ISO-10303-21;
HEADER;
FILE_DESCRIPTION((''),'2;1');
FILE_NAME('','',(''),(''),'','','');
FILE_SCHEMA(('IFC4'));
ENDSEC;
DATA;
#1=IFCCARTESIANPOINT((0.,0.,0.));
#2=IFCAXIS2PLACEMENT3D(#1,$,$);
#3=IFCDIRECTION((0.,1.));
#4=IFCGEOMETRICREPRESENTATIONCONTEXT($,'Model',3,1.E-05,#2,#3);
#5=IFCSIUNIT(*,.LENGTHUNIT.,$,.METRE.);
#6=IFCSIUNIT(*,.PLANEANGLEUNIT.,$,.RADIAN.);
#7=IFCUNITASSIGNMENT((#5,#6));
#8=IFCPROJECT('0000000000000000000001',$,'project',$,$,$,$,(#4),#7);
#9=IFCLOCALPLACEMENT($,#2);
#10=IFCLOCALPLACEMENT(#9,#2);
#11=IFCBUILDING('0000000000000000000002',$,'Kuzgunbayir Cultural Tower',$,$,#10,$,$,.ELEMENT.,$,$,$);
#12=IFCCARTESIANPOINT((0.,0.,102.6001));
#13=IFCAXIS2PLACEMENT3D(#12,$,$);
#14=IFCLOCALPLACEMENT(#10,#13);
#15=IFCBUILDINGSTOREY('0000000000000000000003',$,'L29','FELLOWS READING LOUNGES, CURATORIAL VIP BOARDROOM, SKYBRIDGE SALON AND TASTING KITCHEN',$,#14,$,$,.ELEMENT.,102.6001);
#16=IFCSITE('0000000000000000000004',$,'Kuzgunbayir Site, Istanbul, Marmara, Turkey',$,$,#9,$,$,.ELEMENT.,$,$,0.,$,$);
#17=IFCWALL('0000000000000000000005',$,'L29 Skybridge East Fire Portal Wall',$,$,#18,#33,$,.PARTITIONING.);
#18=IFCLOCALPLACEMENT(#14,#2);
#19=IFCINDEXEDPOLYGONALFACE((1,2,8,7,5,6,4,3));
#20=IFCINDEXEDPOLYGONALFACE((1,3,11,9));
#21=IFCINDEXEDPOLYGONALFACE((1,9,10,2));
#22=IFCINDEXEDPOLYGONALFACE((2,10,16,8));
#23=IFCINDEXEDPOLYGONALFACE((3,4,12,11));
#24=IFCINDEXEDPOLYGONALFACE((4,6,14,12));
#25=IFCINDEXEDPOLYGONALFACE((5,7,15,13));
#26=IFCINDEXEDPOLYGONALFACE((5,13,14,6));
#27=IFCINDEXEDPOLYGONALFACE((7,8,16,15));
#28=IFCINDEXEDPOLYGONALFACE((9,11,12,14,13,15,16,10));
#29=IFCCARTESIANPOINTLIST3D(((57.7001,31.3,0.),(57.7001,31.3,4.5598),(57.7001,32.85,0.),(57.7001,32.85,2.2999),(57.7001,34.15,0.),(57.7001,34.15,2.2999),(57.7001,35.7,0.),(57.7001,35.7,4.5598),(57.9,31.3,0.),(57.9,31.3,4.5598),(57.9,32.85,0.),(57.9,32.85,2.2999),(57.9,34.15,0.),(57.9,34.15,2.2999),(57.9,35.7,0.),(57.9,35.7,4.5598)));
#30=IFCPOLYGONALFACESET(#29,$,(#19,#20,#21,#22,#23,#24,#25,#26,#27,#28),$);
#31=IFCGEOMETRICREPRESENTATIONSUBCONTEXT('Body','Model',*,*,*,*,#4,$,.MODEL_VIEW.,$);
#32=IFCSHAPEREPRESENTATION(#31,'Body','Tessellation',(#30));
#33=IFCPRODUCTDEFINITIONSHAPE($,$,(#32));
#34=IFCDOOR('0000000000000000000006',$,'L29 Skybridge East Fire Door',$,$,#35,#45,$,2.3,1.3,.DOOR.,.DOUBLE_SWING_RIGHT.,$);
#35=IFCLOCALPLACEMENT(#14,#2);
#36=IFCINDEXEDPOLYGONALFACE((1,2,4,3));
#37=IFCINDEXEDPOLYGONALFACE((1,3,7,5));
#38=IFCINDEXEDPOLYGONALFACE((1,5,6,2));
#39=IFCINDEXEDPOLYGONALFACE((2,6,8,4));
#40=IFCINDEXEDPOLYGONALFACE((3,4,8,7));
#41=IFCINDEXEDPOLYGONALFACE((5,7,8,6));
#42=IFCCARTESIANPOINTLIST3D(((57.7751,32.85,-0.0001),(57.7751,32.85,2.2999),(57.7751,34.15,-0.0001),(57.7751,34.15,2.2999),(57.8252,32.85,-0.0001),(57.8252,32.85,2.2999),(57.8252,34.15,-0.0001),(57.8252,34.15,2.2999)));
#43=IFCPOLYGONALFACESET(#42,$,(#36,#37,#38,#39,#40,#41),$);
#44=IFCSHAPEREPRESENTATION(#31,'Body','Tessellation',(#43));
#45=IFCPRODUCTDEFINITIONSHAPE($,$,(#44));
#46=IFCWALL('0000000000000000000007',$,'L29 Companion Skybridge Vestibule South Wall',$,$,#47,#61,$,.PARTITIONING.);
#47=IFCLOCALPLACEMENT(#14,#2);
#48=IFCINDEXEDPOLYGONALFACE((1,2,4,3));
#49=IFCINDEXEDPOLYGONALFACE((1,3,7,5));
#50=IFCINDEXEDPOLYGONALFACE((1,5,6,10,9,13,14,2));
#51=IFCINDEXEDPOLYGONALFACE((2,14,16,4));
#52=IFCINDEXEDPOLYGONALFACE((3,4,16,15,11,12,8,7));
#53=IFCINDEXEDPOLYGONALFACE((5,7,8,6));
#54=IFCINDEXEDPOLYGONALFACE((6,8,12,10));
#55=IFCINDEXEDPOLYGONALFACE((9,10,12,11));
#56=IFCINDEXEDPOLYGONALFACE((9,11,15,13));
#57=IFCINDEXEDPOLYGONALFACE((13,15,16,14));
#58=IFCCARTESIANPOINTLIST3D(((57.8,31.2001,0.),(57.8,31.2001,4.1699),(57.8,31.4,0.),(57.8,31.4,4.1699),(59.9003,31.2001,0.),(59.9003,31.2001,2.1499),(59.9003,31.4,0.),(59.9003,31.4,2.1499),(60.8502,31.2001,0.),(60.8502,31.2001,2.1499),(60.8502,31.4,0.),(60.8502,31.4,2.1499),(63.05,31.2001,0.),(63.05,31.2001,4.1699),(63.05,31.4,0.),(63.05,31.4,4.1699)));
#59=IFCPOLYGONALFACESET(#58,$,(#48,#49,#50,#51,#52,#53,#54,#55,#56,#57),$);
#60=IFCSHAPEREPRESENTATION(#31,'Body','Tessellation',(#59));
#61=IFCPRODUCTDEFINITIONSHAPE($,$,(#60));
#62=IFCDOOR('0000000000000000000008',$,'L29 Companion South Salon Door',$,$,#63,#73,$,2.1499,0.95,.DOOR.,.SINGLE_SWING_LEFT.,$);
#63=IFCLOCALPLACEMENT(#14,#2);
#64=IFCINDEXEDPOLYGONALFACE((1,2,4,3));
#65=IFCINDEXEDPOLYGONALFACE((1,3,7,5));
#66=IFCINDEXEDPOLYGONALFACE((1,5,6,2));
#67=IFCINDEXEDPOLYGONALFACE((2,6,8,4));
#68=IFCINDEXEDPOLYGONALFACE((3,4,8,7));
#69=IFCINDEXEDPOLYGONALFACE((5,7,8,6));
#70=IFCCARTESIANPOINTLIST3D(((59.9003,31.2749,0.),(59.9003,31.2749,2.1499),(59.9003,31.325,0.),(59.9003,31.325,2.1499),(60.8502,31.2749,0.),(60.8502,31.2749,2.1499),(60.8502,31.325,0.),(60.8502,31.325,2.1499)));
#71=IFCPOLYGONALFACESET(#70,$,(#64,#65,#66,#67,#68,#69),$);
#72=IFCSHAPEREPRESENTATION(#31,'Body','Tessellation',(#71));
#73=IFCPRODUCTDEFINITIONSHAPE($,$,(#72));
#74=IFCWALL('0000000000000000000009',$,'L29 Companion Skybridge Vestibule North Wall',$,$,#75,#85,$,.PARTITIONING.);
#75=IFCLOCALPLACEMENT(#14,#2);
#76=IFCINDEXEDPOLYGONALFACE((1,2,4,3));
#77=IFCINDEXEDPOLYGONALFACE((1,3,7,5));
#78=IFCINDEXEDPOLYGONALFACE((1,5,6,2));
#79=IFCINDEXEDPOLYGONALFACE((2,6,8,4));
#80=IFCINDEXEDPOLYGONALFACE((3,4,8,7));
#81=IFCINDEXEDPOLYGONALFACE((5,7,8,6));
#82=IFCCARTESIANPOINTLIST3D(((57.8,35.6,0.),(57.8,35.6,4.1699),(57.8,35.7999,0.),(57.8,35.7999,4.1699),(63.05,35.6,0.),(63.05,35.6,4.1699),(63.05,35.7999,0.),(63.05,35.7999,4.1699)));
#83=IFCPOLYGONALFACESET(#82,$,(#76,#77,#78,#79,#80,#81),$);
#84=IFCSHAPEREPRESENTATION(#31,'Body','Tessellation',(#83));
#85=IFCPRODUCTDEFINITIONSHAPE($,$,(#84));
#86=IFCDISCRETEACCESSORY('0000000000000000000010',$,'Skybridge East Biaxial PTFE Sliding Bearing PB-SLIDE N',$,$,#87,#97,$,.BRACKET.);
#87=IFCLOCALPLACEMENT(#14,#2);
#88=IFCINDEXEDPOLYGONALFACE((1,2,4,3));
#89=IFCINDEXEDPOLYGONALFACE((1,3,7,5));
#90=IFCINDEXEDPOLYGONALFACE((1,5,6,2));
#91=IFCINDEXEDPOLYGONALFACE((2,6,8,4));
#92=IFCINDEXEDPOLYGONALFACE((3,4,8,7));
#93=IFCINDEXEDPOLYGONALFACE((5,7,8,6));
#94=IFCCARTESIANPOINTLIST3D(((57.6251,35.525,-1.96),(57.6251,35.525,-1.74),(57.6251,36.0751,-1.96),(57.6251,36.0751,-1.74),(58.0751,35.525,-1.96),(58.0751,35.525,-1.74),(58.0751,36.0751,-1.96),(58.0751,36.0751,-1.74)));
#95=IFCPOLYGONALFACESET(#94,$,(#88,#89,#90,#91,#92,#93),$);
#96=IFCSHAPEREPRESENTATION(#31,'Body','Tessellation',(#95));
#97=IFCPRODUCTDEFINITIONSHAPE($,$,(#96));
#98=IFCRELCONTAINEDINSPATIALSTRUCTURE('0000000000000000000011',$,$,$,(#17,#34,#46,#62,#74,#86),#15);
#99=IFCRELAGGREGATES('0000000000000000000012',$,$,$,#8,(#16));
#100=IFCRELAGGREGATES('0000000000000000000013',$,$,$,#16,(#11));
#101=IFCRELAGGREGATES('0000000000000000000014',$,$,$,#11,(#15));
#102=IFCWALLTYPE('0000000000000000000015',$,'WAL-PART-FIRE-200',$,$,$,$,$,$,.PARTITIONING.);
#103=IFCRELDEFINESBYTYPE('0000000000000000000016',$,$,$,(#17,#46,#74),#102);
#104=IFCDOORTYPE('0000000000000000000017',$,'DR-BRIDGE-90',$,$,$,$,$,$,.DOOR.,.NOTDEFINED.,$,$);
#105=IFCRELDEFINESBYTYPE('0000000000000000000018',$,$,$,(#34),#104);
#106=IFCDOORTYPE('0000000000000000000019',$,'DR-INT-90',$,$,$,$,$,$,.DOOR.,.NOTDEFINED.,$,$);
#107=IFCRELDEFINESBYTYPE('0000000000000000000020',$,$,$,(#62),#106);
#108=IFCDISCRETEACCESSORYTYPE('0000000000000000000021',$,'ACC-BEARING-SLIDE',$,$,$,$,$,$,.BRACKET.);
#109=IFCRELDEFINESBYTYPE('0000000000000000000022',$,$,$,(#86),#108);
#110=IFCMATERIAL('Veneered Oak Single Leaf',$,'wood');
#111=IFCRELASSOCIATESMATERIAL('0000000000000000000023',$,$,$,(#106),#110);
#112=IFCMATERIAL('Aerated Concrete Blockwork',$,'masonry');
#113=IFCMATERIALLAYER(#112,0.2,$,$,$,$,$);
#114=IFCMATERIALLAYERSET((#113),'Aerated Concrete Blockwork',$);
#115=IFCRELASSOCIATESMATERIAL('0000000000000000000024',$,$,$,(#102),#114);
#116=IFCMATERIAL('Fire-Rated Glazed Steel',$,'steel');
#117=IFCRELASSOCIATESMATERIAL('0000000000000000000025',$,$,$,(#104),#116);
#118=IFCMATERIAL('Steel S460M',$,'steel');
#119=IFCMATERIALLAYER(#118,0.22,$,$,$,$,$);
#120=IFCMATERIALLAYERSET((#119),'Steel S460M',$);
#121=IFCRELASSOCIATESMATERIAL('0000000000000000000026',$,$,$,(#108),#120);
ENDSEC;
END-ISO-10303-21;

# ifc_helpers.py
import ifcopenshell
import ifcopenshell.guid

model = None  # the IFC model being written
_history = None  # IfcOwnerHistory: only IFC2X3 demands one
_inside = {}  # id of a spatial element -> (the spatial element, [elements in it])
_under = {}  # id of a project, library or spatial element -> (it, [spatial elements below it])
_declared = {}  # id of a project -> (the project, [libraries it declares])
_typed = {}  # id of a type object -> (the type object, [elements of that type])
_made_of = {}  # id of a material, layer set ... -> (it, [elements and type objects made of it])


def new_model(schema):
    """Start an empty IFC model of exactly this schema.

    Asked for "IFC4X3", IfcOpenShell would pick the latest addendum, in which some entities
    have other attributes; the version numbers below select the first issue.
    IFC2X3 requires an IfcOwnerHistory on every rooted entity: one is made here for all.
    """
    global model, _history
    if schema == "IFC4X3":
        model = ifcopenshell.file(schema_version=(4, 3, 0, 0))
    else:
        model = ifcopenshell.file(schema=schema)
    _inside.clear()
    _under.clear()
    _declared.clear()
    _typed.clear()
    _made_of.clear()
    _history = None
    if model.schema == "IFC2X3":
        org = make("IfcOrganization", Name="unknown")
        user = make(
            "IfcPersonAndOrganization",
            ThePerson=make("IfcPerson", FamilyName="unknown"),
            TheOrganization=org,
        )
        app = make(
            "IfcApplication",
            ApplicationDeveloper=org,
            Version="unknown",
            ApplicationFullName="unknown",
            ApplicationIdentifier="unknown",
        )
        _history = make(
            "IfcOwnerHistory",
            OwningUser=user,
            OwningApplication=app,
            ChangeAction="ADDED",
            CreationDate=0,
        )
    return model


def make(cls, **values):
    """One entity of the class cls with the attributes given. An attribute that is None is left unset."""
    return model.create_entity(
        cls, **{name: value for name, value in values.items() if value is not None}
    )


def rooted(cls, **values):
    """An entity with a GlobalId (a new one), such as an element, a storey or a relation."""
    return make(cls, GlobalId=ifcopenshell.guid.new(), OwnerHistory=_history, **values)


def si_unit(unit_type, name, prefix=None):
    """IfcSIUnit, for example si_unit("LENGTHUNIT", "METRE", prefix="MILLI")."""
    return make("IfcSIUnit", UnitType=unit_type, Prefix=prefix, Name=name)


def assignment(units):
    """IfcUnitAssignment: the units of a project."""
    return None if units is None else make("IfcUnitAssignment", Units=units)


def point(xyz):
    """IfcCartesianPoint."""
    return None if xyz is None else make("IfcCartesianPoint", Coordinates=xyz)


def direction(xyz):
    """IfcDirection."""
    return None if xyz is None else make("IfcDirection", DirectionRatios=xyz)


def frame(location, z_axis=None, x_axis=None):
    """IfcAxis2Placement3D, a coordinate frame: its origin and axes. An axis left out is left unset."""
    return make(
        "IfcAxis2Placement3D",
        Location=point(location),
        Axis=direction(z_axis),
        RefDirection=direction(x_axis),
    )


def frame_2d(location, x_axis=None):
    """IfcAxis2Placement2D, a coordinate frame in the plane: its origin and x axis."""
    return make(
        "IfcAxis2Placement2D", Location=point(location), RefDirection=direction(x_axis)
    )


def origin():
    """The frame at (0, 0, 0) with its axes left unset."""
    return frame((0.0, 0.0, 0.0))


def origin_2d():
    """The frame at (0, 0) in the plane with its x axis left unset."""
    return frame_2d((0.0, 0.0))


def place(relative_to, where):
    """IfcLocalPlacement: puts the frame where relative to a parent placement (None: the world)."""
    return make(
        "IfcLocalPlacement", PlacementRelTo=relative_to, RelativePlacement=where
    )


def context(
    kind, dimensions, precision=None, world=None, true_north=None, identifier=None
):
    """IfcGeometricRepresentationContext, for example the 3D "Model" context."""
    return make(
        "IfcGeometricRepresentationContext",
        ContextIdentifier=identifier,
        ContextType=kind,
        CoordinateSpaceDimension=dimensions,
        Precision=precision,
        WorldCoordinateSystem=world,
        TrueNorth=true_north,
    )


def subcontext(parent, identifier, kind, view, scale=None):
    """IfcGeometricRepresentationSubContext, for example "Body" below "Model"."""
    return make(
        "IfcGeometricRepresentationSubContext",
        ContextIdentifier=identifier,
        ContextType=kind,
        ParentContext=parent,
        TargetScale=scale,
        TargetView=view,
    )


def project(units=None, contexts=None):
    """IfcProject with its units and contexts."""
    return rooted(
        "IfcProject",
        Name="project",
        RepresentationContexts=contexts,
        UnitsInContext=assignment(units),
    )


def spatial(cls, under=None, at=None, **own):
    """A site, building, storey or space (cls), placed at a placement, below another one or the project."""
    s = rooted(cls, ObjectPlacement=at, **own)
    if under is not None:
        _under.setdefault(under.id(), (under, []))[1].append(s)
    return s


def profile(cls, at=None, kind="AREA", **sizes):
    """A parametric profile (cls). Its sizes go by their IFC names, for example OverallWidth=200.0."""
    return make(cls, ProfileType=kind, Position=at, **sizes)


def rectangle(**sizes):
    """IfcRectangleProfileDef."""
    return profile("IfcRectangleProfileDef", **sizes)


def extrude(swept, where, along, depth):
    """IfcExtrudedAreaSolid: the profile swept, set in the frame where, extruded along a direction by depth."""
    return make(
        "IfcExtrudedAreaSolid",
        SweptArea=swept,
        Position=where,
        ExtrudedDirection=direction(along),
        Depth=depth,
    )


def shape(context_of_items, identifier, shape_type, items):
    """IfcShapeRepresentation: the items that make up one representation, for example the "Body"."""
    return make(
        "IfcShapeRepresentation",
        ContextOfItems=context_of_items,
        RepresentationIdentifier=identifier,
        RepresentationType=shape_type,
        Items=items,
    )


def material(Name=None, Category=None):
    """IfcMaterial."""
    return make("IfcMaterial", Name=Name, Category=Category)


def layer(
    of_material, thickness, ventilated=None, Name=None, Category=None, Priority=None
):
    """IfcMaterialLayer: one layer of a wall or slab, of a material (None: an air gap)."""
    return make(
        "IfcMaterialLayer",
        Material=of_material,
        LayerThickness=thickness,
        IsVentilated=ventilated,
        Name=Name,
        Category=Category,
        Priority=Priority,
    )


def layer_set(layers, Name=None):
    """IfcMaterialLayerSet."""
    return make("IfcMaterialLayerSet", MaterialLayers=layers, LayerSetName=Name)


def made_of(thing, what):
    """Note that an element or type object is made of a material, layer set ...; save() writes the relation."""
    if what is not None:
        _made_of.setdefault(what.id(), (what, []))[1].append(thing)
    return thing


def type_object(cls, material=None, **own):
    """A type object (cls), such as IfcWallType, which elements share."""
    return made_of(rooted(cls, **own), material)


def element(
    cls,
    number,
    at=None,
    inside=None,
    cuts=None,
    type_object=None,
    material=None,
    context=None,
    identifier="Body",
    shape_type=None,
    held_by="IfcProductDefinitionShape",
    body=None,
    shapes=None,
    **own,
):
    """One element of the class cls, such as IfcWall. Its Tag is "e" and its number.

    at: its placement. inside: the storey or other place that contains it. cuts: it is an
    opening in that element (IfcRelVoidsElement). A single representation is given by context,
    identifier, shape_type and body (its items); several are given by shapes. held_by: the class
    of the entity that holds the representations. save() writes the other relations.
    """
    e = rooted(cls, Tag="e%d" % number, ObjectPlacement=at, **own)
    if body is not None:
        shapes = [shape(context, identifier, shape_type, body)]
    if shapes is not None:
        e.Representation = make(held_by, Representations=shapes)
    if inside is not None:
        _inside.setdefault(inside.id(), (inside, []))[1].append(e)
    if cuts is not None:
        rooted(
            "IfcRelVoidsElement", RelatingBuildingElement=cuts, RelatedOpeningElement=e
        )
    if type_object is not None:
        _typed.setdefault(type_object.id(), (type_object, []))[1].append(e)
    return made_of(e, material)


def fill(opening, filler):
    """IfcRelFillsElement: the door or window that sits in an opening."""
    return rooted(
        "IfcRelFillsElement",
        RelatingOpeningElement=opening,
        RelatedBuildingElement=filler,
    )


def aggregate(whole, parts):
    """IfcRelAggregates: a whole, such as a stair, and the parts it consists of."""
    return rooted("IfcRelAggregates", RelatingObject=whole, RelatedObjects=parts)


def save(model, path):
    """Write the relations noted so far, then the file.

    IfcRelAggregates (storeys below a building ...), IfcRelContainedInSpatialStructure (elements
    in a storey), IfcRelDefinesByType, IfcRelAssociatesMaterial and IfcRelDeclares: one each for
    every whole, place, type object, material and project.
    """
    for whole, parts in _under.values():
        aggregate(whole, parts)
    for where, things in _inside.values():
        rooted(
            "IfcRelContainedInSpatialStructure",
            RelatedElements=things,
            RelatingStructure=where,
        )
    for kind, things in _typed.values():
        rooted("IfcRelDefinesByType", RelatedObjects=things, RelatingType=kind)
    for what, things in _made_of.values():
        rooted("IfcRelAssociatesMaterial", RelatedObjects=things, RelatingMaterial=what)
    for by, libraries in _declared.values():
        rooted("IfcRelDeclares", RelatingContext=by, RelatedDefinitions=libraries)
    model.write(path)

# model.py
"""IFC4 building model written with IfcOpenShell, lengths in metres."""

from ifc_helpers import new_model, si_unit, direction, frame, frame_2d, origin, origin_2d, place, context, subcontext, project, spatial, rectangle, extrude, material, layer, layer_set, type_object, element, fill, save


model = new_model("IFC4")

# Units and contexts
model_context = context("Model", 3, precision=1e-05, world=origin(), true_north=direction((0.0, 1.0)))
body_context = subcontext(model_context, "Body", "Model", "MODEL_VIEW")
ifc_project = project(units=[si_unit("LENGTHUNIT", "METRE"), si_unit("PLANEANGLEUNIT", "RADIAN")], contexts=[model_context])

# Site, building, storey
site_placement = place(None, origin())
site = spatial("IfcSite", under=ifc_project, at=site_placement, Name="Kuzgunbayir Site, Istanbul, Marmara, Turkey", CompositionType="ELEMENT", RefElevation=0.0)
building_placement = place(site_placement, origin())
building = spatial("IfcBuilding", under=site, at=building_placement, Name="Kuzgunbayir Cultural Tower", CompositionType="ELEMENT")
storey_placement = place(building_placement, frame((0.0, 0.0, 102.6001)))
storey = spatial("IfcBuildingStorey", under=building, at=storey_placement, Name="L29", Description="FELLOWS READING LOUNGES, CURATORIAL VIP BOARDROOM, SKYBRIDGE SALON AND TASTING KITCHEN", CompositionType="ELEMENT", Elevation=102.6001)

# Shared definitions
ifc_material_1 = material(Name="Steel S460M", Category="steel")

# Walls, openings, doors
ifc_material_2 = material(Name="Veneered Oak Single Leaf", Category="wood")
door_type_1 = type_object("IfcDoorType", Name="DR-INT-90", OperationType="NOTDEFINED", PredefinedType="DOOR", material=ifc_material_2)
ifc_material_3 = material(Name="Aerated Concrete Blockwork", Category="masonry")
ifc_layer_1 = layer(ifc_material_3, 0.2)
ifc_layer_set_1 = layer_set([ifc_layer_1], Name="Aerated Concrete Blockwork")
wall_type_1 = type_object("IfcWallType", Name="WAL-PART-FIRE-200", PredefinedType="PARTITIONING", material=ifc_layer_set_1)
wall_1_placement = place(storey_placement, frame((57.8, 31.3, 0.0), z_axis=(0.0, 0.0, 1.0), x_axis=(0.0, 1.0, 0.0)))
wall_1 = element("IfcWall", 1, at=wall_1_placement, inside=storey, type_object=wall_type_1, Name="L29 Skybridge East Fire Portal Wall", PredefinedType="PARTITIONING", context=body_context, shape_type="SweptSolid", body=[
    extrude(rectangle(XDim=4.3999, YDim=0.2, at=frame_2d((2.2, 0.0))), origin(), (0.0, 0.0, 1.0), 4.5598),
])
opening_1_placement = place(wall_1_placement, frame((1.55, 0.0, 0.0)))
opening_1 = element("IfcOpeningElement", 2, at=opening_1_placement, cuts=wall_1, PredefinedType="OPENING", context=body_context, shape_type="SweptSolid", body=[
    extrude(rectangle(XDim=1.3, YDim=2.3, at=frame_2d((0.6499, 1.1499))), frame((0.0, 0.1099, 0.0), z_axis=(0.0, -1.0, 0.0), x_axis=(1.0, 0.0, 0.0)), (0.0, 0.0, 1.0), 0.22),
])
ifc_material_4 = material(Name="Fire-Rated Glazed Steel", Category="steel")
door_type_2 = type_object("IfcDoorType", Name="DR-BRIDGE-90", OperationType="NOTDEFINED", PredefinedType="DOOR", material=ifc_material_4)
door_1_placement = place(opening_1_placement, origin())
door_1 = element("IfcDoor", 3, at=door_1_placement, inside=storey, type_object=door_type_2, Name="L29 Skybridge East Fire Door", OperationType="DOUBLE_SWING_RIGHT", OverallHeight=2.3, OverallWidth=1.3, PredefinedType="DOOR", context=body_context, shape_type="SweptSolid", body=[
    extrude(rectangle(XDim=1.3, YDim=2.3, at=frame_2d((0.6499, 1.1499))), frame((0.0, 0.0249, 0.0), z_axis=(0.0, -1.0, 0.0), x_axis=(1.0, 0.0, 0.0)), (0.0, 0.0, 1.0), 0.05),
])
fill(opening_1, door_1)
wall_2_placement = place(storey_placement, frame((57.8, 31.3, 0.0), z_axis=(0.0, 0.0, 1.0), x_axis=(1.0, 0.0, 0.0)))
wall_2 = element("IfcWall", 4, at=wall_2_placement, inside=storey, type_object=wall_type_1, Name="L29 Companion Skybridge Vestibule South Wall", PredefinedType="PARTITIONING", context=body_context, shape_type="SweptSolid", body=[
    extrude(rectangle(XDim=5.25, YDim=0.2, at=frame_2d((2.625, 0.0))), origin(), (0.0, 0.0, 1.0), 4.1699),
])
opening_2_placement = place(wall_2_placement, frame((2.1001, 0.0, 0.0)))
opening_2 = element("IfcOpeningElement", 5, at=opening_2_placement, cuts=wall_2, PredefinedType="OPENING", context=body_context, shape_type="SweptSolid", body=[
    extrude(rectangle(XDim=0.95, YDim=2.1499, at=frame_2d((0.4751, 1.075))), frame((0.0, 0.1099, 0.0), z_axis=(0.0, -1.0, 0.0), x_axis=(1.0, 0.0, 0.0)), (0.0, 0.0, 1.0), 0.22),
])
door_2_placement = place(opening_2_placement, origin())
door_2 = element("IfcDoor", 6, at=door_2_placement, inside=storey, type_object=door_type_1, Name="L29 Companion South Salon Door", OperationType="SINGLE_SWING_LEFT", OverallHeight=2.1499, OverallWidth=0.95, PredefinedType="DOOR", context=body_context, shape_type="SweptSolid", body=[
    extrude(rectangle(XDim=0.95, YDim=2.1499, at=frame_2d((0.4751, 1.075))), frame((0.0, 0.0249, 0.0), z_axis=(0.0, -1.0, 0.0), x_axis=(1.0, 0.0, 0.0)), (0.0, 0.0, 1.0), 0.05),
])
fill(opening_2, door_2)

# Wall
wall_3_placement = place(storey_placement, frame((57.8, 35.7, 0.0), z_axis=(0.0, 0.0, 1.0), x_axis=(1.0, 0.0, 0.0)))
element("IfcWall", 7, at=wall_3_placement, inside=storey, type_object=wall_type_1, Name="L29 Companion Skybridge Vestibule North Wall", PredefinedType="PARTITIONING", context=body_context, shape_type="SweptSolid", body=[
    extrude(rectangle(XDim=5.25, YDim=0.2, at=frame_2d((2.625, 0.0))), origin(), (0.0, 0.0, 1.0), 4.1699),
])

# Discrete accessory
ifc_layer_2 = layer(ifc_material_1, 0.22)
ifc_layer_set_2 = layer_set([ifc_layer_2], Name="Steel S460M")
discrete_accessory_type = type_object("IfcDiscreteAccessoryType", Name="ACC-BEARING-SLIDE", PredefinedType="BRACKET", material=ifc_layer_set_2)
discrete_accessory_placement = place(storey_placement, frame((57.8501, 35.8, -1.96), z_axis=(0.0, 0.0, 1.0), x_axis=(1.0, 0.0, 0.0)))
element("IfcDiscreteAccessory", 8, at=discrete_accessory_placement, inside=storey, type_object=discrete_accessory_type, Name="Skybridge East Biaxial PTFE Sliding Bearing PB-SLIDE N", PredefinedType="BRACKET", context=body_context, shape_type="SweptSolid", body=[
    extrude(rectangle(XDim=0.45, YDim=0.55, at=origin_2d()), origin(), (0.0, 0.0, 1.0), 0.22),
])

save(model, "model.ifc")
